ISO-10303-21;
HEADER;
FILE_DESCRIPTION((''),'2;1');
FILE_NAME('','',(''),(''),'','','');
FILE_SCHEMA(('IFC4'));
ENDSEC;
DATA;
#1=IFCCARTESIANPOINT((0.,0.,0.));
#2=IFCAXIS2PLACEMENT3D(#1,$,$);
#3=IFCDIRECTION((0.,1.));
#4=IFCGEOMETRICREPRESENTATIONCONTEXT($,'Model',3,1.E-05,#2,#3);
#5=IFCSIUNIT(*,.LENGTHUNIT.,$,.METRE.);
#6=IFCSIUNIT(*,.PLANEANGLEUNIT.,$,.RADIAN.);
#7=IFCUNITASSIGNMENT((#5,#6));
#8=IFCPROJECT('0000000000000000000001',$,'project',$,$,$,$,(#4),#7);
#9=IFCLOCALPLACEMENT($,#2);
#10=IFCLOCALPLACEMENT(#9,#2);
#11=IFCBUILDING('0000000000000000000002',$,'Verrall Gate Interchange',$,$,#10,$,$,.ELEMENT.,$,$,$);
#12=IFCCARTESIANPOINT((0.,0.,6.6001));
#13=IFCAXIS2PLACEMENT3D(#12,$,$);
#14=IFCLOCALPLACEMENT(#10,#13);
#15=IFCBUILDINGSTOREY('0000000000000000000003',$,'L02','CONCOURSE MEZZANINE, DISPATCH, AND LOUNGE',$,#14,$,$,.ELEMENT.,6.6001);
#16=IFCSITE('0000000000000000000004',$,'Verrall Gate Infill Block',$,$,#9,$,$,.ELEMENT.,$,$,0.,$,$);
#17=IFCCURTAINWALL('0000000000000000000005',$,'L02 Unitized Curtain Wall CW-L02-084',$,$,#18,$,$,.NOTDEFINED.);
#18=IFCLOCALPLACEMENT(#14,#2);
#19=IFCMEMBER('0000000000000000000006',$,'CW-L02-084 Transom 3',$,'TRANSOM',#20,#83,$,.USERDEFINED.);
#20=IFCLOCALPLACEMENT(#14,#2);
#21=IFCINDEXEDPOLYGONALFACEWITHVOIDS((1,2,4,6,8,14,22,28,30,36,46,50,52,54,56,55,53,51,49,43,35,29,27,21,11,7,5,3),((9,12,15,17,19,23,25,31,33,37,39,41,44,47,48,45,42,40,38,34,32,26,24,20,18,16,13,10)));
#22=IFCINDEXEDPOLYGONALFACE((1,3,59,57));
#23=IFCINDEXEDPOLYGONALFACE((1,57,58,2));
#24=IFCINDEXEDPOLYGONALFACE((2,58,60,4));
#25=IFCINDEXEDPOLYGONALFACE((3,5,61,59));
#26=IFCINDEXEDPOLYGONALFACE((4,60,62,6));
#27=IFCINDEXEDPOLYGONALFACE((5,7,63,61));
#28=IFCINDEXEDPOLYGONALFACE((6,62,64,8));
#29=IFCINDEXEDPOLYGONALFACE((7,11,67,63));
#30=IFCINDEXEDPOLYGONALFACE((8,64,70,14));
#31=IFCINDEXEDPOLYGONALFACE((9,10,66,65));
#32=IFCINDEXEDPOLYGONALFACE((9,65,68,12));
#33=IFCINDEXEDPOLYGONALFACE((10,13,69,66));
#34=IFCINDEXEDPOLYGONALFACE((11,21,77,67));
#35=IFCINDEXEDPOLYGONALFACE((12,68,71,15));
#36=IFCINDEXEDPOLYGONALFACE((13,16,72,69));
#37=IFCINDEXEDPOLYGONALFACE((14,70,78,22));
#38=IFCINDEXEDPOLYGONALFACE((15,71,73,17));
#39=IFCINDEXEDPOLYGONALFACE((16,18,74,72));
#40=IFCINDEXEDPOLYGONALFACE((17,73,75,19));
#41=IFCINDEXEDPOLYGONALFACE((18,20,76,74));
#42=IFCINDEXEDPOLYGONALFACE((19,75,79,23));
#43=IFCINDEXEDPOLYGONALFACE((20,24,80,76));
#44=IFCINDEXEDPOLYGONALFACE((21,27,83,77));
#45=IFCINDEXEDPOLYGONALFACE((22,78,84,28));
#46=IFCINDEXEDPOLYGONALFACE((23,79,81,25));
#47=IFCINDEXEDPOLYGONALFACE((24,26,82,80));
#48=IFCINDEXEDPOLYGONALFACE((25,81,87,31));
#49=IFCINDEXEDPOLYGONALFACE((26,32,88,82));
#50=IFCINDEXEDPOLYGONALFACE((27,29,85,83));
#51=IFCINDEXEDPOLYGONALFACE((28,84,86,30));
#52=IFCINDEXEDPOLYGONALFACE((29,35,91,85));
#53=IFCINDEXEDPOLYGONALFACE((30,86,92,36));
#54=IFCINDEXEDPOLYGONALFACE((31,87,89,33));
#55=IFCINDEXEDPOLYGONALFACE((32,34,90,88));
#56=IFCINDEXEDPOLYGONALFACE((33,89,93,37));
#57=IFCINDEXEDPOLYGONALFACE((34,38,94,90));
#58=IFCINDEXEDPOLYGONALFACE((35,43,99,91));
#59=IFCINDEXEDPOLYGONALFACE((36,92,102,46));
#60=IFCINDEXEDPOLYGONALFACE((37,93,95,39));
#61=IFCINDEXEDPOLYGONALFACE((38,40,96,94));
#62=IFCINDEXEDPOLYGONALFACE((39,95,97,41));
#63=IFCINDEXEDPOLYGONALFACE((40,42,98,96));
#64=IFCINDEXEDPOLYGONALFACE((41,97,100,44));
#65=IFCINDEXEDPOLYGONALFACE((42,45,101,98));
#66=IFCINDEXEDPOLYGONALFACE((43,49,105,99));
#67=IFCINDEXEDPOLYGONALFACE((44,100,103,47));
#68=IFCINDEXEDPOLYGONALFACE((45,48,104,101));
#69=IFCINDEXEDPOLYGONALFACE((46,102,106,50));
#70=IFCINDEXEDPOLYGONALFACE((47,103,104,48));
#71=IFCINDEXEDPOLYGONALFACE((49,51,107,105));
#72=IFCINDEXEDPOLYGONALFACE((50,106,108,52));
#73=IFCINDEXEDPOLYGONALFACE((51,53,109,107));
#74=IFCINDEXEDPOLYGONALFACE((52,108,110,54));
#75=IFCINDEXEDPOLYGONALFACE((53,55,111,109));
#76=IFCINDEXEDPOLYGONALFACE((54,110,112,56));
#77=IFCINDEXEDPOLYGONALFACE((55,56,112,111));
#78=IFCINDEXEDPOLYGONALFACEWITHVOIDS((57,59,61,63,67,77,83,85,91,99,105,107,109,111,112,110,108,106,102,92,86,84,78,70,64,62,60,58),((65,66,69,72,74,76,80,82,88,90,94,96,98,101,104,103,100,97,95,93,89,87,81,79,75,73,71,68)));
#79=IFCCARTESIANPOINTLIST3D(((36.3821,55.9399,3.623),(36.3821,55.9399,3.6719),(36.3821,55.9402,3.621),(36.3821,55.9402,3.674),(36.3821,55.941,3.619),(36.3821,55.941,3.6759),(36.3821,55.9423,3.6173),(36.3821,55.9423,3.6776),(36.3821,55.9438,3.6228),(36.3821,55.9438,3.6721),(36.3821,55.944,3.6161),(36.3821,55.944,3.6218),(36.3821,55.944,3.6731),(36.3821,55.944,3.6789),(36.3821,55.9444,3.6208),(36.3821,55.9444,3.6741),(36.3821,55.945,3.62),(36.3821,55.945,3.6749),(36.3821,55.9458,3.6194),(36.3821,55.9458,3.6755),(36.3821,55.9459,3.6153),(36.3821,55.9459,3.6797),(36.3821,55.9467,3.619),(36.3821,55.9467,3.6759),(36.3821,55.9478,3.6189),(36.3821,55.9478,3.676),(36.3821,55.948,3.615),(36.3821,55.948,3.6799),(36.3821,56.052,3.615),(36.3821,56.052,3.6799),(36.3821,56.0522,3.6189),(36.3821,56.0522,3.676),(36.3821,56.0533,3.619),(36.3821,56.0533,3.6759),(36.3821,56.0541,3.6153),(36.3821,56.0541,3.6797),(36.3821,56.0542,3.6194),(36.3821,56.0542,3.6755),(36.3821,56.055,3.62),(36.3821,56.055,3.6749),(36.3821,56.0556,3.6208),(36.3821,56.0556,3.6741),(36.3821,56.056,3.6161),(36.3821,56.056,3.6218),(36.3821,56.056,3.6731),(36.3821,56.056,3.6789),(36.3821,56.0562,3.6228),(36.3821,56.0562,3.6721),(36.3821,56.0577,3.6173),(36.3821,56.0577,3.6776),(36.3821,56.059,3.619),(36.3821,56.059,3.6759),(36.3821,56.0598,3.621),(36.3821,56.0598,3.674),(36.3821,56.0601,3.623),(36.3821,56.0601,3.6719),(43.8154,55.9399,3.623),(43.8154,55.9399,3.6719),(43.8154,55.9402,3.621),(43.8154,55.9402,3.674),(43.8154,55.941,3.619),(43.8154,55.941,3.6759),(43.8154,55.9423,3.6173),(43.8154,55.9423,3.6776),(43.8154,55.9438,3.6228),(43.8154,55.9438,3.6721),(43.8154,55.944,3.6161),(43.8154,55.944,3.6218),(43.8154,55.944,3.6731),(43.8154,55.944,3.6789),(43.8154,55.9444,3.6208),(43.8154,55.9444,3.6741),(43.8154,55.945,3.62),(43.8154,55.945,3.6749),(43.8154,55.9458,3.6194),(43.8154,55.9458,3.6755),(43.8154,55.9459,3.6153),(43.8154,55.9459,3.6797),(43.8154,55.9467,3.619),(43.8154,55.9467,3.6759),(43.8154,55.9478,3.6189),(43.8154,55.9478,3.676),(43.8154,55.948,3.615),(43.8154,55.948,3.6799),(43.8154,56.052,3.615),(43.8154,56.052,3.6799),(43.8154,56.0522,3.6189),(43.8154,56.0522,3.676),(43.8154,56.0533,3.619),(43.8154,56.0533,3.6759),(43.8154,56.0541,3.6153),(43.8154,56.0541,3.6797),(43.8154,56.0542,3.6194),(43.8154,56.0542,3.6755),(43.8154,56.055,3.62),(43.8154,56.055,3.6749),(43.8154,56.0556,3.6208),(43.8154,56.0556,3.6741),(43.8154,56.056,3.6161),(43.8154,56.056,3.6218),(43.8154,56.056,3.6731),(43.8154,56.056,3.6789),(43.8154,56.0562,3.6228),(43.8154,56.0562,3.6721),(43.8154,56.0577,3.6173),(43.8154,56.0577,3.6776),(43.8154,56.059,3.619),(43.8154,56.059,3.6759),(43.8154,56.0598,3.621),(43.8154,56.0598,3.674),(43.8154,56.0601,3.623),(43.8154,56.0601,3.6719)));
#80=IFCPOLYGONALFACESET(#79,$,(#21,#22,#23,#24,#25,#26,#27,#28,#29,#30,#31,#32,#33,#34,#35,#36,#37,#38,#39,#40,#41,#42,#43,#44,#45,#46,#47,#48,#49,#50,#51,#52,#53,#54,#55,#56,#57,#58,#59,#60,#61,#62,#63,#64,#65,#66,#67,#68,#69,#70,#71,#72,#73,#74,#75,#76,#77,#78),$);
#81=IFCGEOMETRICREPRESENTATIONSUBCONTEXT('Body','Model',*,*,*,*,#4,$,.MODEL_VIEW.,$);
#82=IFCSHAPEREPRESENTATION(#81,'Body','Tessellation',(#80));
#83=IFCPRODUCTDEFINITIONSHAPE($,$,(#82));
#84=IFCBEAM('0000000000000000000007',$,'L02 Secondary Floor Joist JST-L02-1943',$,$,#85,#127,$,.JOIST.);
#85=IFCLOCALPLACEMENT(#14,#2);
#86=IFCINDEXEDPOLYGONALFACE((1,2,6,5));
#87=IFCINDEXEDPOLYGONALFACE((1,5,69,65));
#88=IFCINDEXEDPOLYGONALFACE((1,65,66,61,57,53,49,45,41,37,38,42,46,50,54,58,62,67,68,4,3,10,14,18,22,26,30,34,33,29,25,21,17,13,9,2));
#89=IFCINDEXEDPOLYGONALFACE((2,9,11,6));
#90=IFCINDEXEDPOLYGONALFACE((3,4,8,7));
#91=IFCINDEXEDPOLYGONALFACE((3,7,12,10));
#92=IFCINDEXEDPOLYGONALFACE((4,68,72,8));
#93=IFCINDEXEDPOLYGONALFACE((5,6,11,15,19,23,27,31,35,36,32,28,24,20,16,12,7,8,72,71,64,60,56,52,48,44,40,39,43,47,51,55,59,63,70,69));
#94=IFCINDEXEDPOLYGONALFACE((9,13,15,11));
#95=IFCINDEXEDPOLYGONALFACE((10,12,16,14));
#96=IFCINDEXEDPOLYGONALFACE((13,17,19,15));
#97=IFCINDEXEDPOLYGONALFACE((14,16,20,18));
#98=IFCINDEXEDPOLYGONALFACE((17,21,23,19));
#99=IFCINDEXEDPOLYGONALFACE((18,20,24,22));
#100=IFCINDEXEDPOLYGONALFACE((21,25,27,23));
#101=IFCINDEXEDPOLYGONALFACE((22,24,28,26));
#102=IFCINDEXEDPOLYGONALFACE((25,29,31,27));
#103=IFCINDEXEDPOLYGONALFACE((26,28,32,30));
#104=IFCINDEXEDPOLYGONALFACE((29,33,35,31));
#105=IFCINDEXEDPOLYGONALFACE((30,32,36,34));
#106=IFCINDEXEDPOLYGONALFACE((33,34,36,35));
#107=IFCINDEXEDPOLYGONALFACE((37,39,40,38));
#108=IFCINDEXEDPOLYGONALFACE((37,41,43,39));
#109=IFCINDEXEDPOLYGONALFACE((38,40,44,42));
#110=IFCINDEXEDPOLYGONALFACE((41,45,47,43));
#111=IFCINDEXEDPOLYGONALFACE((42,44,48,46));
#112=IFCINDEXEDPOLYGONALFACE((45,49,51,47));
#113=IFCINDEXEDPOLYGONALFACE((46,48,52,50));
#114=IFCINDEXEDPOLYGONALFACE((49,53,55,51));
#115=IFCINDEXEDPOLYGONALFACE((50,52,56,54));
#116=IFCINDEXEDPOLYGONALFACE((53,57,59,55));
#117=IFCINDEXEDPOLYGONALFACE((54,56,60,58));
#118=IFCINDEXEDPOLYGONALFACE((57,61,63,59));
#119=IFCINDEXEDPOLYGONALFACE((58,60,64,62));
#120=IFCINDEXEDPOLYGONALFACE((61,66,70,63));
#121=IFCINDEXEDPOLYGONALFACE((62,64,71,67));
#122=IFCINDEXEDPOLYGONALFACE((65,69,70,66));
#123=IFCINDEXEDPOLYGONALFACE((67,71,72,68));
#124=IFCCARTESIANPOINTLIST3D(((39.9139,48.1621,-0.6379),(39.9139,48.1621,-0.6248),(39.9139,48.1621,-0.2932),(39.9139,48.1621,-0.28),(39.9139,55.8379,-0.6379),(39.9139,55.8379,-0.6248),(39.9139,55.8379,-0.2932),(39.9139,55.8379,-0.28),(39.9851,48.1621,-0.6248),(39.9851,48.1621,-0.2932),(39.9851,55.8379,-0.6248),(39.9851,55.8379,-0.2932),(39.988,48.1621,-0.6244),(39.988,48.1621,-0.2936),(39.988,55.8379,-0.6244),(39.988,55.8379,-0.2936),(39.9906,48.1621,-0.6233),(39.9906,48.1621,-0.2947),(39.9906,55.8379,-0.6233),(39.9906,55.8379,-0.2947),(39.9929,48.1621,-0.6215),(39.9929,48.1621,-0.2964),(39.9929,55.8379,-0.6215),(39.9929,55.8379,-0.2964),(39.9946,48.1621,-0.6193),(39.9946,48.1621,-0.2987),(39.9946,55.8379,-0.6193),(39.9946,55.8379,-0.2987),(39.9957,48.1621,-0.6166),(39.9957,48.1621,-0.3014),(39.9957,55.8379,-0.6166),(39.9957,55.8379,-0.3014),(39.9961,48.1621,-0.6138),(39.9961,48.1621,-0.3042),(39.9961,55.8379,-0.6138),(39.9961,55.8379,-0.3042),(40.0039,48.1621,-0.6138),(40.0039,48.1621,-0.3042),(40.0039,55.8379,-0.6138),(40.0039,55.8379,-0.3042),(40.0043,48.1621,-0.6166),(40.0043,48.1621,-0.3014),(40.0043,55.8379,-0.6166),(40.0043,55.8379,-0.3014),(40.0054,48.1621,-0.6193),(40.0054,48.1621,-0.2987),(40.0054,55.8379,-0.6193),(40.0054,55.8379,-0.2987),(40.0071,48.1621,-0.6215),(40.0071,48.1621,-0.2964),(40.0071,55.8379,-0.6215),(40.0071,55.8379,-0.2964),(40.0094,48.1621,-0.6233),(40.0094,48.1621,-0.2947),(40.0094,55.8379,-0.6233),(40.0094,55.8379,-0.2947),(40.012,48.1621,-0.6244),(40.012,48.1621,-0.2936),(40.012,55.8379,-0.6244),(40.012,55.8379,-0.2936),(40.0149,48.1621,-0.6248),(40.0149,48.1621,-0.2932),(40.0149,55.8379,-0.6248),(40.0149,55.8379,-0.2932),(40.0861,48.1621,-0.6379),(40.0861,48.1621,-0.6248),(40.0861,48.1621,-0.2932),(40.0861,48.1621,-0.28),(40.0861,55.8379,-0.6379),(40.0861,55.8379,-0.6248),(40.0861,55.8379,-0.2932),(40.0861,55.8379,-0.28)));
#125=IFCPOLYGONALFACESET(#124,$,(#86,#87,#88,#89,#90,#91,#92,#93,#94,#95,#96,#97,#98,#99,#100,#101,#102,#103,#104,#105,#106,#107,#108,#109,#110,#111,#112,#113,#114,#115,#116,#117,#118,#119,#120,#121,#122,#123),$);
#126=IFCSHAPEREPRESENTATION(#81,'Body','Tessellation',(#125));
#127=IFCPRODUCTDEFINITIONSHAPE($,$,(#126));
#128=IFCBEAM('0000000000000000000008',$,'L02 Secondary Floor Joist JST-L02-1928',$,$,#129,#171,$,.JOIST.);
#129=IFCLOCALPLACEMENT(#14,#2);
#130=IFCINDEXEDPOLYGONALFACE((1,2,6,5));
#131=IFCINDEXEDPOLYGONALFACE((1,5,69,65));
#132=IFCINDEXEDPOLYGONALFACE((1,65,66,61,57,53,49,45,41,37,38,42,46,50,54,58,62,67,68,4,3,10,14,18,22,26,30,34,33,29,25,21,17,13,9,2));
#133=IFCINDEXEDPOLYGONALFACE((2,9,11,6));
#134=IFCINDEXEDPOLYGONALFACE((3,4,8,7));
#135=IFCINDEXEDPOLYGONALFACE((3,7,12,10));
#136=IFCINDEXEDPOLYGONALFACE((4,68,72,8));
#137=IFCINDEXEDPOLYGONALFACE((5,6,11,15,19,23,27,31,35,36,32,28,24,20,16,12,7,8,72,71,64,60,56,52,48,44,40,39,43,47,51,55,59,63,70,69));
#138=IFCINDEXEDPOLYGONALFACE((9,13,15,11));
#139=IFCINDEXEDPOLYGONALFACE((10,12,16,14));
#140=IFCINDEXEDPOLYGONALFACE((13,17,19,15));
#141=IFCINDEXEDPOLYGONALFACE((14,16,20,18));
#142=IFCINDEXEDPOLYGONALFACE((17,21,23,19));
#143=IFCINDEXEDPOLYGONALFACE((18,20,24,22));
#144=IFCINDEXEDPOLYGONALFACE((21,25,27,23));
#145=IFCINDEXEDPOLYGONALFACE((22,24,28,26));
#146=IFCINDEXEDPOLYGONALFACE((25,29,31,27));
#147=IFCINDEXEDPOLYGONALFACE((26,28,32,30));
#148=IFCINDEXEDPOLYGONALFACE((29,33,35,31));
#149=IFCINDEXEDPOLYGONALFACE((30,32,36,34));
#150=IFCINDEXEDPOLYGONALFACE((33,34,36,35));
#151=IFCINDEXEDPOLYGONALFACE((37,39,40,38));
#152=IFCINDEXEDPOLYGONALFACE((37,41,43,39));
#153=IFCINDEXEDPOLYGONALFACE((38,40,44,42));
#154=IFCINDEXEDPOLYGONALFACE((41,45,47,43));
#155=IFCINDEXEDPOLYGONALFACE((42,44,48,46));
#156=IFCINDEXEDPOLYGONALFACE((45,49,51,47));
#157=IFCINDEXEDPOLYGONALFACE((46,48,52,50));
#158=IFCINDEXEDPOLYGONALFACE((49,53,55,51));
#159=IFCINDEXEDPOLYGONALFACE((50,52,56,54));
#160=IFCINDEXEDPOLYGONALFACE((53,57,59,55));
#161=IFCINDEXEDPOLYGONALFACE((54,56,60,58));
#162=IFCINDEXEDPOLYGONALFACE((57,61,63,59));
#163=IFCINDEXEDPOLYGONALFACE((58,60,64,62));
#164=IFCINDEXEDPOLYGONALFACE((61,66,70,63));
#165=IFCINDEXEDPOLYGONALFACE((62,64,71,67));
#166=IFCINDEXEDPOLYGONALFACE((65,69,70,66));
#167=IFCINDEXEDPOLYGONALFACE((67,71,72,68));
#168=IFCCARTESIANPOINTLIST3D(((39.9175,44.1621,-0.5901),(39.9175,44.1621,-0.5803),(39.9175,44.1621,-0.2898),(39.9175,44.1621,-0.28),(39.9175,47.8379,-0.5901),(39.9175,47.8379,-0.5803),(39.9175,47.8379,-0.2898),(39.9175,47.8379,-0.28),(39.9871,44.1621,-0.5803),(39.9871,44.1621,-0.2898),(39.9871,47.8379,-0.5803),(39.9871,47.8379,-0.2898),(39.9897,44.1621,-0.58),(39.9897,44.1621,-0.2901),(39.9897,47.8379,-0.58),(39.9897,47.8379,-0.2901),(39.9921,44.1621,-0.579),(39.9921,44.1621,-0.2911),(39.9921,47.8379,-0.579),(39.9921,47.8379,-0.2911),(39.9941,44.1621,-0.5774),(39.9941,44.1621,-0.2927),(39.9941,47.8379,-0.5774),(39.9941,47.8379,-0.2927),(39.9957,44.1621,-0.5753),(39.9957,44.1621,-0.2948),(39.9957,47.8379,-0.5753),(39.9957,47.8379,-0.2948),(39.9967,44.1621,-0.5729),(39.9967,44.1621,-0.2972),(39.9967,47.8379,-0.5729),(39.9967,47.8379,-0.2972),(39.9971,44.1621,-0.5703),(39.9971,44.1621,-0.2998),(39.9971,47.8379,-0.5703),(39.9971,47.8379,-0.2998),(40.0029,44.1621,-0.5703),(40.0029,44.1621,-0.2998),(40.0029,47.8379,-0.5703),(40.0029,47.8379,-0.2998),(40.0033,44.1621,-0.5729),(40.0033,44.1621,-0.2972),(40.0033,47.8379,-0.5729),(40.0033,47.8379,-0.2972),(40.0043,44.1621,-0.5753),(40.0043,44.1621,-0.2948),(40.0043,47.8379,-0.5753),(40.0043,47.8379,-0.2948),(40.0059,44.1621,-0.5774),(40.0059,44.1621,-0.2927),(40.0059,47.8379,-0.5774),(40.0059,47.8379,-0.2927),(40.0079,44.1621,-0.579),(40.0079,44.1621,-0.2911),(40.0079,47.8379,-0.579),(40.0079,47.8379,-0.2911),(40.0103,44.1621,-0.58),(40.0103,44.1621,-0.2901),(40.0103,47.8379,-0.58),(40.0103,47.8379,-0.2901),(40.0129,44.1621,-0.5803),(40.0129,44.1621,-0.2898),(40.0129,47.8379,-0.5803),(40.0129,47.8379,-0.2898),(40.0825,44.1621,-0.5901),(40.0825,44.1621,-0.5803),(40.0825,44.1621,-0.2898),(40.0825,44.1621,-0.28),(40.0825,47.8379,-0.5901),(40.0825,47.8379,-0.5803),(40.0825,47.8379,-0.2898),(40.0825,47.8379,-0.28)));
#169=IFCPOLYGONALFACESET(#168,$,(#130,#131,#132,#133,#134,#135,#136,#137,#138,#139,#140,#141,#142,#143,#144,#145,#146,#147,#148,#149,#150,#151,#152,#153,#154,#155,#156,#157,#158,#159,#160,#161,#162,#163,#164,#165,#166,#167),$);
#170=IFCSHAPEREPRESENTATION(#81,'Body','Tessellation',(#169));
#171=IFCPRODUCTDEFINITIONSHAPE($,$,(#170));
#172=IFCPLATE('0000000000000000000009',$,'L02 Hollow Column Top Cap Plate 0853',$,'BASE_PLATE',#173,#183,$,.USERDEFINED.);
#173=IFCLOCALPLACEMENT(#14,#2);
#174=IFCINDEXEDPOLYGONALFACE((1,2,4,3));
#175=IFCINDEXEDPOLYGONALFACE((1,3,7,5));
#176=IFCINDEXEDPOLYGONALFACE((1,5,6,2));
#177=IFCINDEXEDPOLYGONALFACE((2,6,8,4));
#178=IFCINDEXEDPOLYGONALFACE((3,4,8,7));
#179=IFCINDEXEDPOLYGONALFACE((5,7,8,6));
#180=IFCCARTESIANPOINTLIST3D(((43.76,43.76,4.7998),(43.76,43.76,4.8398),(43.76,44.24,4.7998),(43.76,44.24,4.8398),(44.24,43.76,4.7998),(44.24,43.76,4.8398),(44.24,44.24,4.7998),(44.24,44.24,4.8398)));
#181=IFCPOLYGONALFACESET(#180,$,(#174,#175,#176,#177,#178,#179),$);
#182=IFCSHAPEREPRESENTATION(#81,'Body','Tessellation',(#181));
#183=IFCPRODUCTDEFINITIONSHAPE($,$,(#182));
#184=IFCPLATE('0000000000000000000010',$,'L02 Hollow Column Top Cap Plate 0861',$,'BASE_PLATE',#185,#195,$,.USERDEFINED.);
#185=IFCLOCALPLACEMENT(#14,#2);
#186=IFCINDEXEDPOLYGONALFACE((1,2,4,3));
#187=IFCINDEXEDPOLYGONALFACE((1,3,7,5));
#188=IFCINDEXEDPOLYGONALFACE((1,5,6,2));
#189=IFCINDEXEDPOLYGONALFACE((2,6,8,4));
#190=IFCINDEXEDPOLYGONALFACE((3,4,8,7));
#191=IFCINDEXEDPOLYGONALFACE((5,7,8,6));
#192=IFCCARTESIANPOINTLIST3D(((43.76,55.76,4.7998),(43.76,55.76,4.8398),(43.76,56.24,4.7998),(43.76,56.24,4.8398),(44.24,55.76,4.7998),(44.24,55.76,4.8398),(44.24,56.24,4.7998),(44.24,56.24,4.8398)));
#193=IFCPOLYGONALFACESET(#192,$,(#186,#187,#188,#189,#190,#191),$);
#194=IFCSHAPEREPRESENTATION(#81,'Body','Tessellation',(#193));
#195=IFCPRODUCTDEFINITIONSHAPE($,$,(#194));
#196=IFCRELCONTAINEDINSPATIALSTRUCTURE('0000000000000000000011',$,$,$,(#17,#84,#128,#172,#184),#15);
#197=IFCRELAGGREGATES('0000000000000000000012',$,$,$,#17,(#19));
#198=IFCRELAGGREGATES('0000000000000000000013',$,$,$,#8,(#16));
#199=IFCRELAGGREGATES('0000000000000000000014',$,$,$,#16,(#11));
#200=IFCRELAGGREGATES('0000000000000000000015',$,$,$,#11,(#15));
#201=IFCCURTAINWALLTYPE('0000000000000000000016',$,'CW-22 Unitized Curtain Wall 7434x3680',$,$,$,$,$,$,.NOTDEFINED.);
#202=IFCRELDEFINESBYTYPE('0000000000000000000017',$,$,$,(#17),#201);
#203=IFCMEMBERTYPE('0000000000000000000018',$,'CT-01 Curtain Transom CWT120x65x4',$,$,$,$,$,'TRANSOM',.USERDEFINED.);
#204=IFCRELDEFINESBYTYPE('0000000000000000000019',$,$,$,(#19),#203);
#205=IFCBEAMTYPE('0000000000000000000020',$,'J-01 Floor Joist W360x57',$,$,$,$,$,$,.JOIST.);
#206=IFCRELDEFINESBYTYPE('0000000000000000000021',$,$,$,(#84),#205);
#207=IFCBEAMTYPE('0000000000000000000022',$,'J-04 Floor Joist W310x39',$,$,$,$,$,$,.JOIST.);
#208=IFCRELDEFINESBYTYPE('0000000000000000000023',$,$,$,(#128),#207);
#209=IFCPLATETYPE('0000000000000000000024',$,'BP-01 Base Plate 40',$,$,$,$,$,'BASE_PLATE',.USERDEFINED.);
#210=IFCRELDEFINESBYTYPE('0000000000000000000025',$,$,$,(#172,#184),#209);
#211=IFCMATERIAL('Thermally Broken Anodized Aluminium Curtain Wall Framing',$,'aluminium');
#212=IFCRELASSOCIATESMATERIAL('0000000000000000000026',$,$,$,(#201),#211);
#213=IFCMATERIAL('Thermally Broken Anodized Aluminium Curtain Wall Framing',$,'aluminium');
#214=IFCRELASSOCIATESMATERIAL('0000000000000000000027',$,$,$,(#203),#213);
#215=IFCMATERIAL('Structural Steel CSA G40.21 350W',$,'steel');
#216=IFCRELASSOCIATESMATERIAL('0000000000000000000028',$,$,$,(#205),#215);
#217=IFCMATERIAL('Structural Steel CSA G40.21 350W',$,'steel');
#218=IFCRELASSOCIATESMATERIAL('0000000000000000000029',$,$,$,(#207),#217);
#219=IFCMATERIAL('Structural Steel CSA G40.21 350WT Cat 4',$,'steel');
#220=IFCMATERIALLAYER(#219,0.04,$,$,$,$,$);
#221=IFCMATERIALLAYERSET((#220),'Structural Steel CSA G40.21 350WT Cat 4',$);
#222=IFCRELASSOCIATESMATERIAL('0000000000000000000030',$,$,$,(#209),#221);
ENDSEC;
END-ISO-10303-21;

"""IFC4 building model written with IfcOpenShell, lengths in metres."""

from ifc_helpers import new_model, si_unit, direction, frame, origin, origin_2d, place, context, subcontext, project, spatial, rectangle, hollow_rectangle, i_section, extrude, material, layer, layer_set, material_profile, profile_set, type_object, element, aggregate, save


model = new_model("IFC4")

# Units and contexts
model_context = context("Model", 3, precision=1e-05, world=origin(), true_north=direction((0.0, 1.0)))
body_context = subcontext(model_context, "Body", "Model", "MODEL_VIEW")
ifc_project = project(units=[si_unit("LENGTHUNIT", "METRE"), si_unit("PLANEANGLEUNIT", "RADIAN")], contexts=[model_context])

# Site, building, storey
site_placement = place(None, origin())
site = spatial("IfcSite", under=ifc_project, at=site_placement, Name="Verrall Gate Infill Block", CompositionType="ELEMENT", RefElevation=0.0)
building_placement = place(site_placement, origin())
building = spatial("IfcBuilding", under=site, at=building_placement, Name="Verrall Gate Interchange", CompositionType="ELEMENT")
storey_placement = place(building_placement, frame((0.0, 0.0, 6.6001)))
storey = spatial("IfcBuildingStorey", under=building, at=storey_placement, Name="L02", Description="CONCOURSE MEZZANINE, DISPATCH, AND LOUNGE", CompositionType="ELEMENT", Elevation=6.6001)

# Curtain wall
ifc_material_1 = material(Name="Thermally Broken Anodized Aluminium Curtain Wall Framing", Category="aluminium")
curtain_wall_type_1 = type_object("IfcCurtainWallType", Name="CW-22 Unitized Curtain Wall 7434x3680", PredefinedType="NOTDEFINED", material=ifc_material_1)
curtain_wall_1_placement = place(storey_placement, origin())
curtain_wall_1 = element("IfcCurtainWall", 1, at=curtain_wall_1_placement, inside=storey, type_object=curtain_wall_type_1, Name="L02 Unitized Curtain Wall CW-L02-084", PredefinedType="NOTDEFINED")

# Member
ifc_material_2 = material(Name="Thermally Broken Anodized Aluminium Curtain Wall Framing", Category="aluminium")
ifc_material_profile_1 = material_profile(ifc_material_2, hollow_rectangle(XDim=0.1201, YDim=0.0649, WallThickness=0.0039, InnerFilletRadius=0.0039, OuterFilletRadius=0.0081, at=origin_2d()), Name="CWT120x65x4")
ifc_profile_set_1 = profile_set([ifc_material_profile_1], Name="Thermally Broken Anodized Aluminium Curtain Wall Framing")
member_type_1 = type_object("IfcMemberType", Name="CT-01 Curtain Transom CWT120x65x4", ElementType="TRANSOM", PredefinedType="USERDEFINED", material=ifc_profile_set_1)
member_1_placement = place(storey_placement, frame((43.8154, 56.0, 3.6475), z_axis=(-1.0, 0.0, 0.0), x_axis=(0.0, -1.0, 0.0)))
member_1 = element("IfcMember", 2, at=member_1_placement, type_object=member_type_1, Name="CW-L02-084 Transom 3", ObjectType="TRANSOM", PredefinedType="USERDEFINED", context=body_context, shape_type="SweptSolid", body=[
    extrude(hollow_rectangle(XDim=0.1201, YDim=0.0649, WallThickness=0.0039, InnerFilletRadius=0.0039, OuterFilletRadius=0.0081, at=origin_2d()), origin(), (0.0, 0.0, 1.0), 7.4333),
])

# Beams
ifc_material_3 = material(Name="Structural Steel CSA G40.21 350W", Category="steel")
ifc_material_profile_2 = material_profile(ifc_material_3, i_section(OverallWidth=0.1721, OverallDepth=0.3579, WebThickness=0.0078, FlangeThickness=0.0132, FilletRadius=0.011, at=origin_2d()), Name="W360x57")
ifc_profile_set_2 = profile_set([ifc_material_profile_2], Name="Structural Steel CSA G40.21 350W")
beam_type_1 = type_object("IfcBeamType", Name="J-01 Floor Joist W360x57", PredefinedType="JOIST", material=ifc_profile_set_2)
beam_1_placement = place(storey_placement, frame((40.0, 48.1621, -0.459), z_axis=(0.0, 1.0, 0.0), x_axis=(-1.0, 0.0, 0.0)))
element("IfcBeam", 3, at=beam_1_placement, inside=storey, type_object=beam_type_1, Name="L02 Secondary Floor Joist JST-L02-1943", PredefinedType="JOIST", context=body_context, shape_type="SweptSolid", body=[
    extrude(i_section(OverallWidth=0.1721, OverallDepth=0.3579, WebThickness=0.0078, FlangeThickness=0.0132, FilletRadius=0.011, at=origin_2d()), origin(), (0.0, 0.0, 1.0), 7.6758),
])
ifc_material_4 = material(Name="Structural Steel CSA G40.21 350W", Category="steel")
ifc_material_profile_3 = material_profile(ifc_material_4, i_section(OverallWidth=0.165, OverallDepth=0.3101, WebThickness=0.0059, FlangeThickness=0.0098, FilletRadius=0.01, at=origin_2d()), Name="W310x39")
ifc_profile_set_3 = profile_set([ifc_material_profile_3], Name="Structural Steel CSA G40.21 350W")
beam_type_2 = type_object("IfcBeamType", Name="J-04 Floor Joist W310x39", PredefinedType="JOIST", material=ifc_profile_set_3)
beam_2_placement = place(storey_placement, frame((40.0, 44.1621, -0.4351), z_axis=(0.0, 1.0, 0.0), x_axis=(-1.0, 0.0, 0.0)))
element("IfcBeam", 4, at=beam_2_placement, inside=storey, type_object=beam_type_2, Name="L02 Secondary Floor Joist JST-L02-1928", PredefinedType="JOIST", context=body_context, shape_type="SweptSolid", body=[
    extrude(i_section(OverallWidth=0.165, OverallDepth=0.3101, WebThickness=0.0059, FlangeThickness=0.0098, FilletRadius=0.01, at=origin_2d()), origin(), (0.0, 0.0, 1.0), 3.6758),
])

# Plates
ifc_material_5 = material(Name="Structural Steel CSA G40.21 350WT Cat 4", Category="steel")
ifc_layer_1 = layer(ifc_material_5, 0.04)
ifc_layer_set_1 = layer_set([ifc_layer_1], Name="Structural Steel CSA G40.21 350WT Cat 4")
plate_type_1 = type_object("IfcPlateType", Name="BP-01 Base Plate 40", ElementType="BASE_PLATE", PredefinedType="USERDEFINED", material=ifc_layer_set_1)
for number, where, z_axis, x_axis, name in (
    (5, (44.0, 44.0, 4.7998), (0.0, 0.0, 1.0), (1.0, 0.0, 0.0), "L02 Hollow Column Top Cap Plate 0853"),
    (6, (44.0, 56.0, 4.7998), (0.0, 0.0, 1.0), (1.0, 0.0, 0.0), "L02 Hollow Column Top Cap Plate 0861"),
):
    element("IfcPlate", number, at=place(storey_placement, frame(where, z_axis=z_axis, x_axis=x_axis)), inside=storey, type_object=plate_type_1, Name=name, ObjectType="BASE_PLATE", PredefinedType="USERDEFINED", context=body_context, shape_type="SweptSolid", body=[
        extrude(rectangle(XDim=0.48, YDim=0.48, at=origin_2d()), origin(), (0.0, 0.0, 1.0), 0.04),
    ])

aggregate(curtain_wall_1, [member_1])

save(model, "model.ifc")
